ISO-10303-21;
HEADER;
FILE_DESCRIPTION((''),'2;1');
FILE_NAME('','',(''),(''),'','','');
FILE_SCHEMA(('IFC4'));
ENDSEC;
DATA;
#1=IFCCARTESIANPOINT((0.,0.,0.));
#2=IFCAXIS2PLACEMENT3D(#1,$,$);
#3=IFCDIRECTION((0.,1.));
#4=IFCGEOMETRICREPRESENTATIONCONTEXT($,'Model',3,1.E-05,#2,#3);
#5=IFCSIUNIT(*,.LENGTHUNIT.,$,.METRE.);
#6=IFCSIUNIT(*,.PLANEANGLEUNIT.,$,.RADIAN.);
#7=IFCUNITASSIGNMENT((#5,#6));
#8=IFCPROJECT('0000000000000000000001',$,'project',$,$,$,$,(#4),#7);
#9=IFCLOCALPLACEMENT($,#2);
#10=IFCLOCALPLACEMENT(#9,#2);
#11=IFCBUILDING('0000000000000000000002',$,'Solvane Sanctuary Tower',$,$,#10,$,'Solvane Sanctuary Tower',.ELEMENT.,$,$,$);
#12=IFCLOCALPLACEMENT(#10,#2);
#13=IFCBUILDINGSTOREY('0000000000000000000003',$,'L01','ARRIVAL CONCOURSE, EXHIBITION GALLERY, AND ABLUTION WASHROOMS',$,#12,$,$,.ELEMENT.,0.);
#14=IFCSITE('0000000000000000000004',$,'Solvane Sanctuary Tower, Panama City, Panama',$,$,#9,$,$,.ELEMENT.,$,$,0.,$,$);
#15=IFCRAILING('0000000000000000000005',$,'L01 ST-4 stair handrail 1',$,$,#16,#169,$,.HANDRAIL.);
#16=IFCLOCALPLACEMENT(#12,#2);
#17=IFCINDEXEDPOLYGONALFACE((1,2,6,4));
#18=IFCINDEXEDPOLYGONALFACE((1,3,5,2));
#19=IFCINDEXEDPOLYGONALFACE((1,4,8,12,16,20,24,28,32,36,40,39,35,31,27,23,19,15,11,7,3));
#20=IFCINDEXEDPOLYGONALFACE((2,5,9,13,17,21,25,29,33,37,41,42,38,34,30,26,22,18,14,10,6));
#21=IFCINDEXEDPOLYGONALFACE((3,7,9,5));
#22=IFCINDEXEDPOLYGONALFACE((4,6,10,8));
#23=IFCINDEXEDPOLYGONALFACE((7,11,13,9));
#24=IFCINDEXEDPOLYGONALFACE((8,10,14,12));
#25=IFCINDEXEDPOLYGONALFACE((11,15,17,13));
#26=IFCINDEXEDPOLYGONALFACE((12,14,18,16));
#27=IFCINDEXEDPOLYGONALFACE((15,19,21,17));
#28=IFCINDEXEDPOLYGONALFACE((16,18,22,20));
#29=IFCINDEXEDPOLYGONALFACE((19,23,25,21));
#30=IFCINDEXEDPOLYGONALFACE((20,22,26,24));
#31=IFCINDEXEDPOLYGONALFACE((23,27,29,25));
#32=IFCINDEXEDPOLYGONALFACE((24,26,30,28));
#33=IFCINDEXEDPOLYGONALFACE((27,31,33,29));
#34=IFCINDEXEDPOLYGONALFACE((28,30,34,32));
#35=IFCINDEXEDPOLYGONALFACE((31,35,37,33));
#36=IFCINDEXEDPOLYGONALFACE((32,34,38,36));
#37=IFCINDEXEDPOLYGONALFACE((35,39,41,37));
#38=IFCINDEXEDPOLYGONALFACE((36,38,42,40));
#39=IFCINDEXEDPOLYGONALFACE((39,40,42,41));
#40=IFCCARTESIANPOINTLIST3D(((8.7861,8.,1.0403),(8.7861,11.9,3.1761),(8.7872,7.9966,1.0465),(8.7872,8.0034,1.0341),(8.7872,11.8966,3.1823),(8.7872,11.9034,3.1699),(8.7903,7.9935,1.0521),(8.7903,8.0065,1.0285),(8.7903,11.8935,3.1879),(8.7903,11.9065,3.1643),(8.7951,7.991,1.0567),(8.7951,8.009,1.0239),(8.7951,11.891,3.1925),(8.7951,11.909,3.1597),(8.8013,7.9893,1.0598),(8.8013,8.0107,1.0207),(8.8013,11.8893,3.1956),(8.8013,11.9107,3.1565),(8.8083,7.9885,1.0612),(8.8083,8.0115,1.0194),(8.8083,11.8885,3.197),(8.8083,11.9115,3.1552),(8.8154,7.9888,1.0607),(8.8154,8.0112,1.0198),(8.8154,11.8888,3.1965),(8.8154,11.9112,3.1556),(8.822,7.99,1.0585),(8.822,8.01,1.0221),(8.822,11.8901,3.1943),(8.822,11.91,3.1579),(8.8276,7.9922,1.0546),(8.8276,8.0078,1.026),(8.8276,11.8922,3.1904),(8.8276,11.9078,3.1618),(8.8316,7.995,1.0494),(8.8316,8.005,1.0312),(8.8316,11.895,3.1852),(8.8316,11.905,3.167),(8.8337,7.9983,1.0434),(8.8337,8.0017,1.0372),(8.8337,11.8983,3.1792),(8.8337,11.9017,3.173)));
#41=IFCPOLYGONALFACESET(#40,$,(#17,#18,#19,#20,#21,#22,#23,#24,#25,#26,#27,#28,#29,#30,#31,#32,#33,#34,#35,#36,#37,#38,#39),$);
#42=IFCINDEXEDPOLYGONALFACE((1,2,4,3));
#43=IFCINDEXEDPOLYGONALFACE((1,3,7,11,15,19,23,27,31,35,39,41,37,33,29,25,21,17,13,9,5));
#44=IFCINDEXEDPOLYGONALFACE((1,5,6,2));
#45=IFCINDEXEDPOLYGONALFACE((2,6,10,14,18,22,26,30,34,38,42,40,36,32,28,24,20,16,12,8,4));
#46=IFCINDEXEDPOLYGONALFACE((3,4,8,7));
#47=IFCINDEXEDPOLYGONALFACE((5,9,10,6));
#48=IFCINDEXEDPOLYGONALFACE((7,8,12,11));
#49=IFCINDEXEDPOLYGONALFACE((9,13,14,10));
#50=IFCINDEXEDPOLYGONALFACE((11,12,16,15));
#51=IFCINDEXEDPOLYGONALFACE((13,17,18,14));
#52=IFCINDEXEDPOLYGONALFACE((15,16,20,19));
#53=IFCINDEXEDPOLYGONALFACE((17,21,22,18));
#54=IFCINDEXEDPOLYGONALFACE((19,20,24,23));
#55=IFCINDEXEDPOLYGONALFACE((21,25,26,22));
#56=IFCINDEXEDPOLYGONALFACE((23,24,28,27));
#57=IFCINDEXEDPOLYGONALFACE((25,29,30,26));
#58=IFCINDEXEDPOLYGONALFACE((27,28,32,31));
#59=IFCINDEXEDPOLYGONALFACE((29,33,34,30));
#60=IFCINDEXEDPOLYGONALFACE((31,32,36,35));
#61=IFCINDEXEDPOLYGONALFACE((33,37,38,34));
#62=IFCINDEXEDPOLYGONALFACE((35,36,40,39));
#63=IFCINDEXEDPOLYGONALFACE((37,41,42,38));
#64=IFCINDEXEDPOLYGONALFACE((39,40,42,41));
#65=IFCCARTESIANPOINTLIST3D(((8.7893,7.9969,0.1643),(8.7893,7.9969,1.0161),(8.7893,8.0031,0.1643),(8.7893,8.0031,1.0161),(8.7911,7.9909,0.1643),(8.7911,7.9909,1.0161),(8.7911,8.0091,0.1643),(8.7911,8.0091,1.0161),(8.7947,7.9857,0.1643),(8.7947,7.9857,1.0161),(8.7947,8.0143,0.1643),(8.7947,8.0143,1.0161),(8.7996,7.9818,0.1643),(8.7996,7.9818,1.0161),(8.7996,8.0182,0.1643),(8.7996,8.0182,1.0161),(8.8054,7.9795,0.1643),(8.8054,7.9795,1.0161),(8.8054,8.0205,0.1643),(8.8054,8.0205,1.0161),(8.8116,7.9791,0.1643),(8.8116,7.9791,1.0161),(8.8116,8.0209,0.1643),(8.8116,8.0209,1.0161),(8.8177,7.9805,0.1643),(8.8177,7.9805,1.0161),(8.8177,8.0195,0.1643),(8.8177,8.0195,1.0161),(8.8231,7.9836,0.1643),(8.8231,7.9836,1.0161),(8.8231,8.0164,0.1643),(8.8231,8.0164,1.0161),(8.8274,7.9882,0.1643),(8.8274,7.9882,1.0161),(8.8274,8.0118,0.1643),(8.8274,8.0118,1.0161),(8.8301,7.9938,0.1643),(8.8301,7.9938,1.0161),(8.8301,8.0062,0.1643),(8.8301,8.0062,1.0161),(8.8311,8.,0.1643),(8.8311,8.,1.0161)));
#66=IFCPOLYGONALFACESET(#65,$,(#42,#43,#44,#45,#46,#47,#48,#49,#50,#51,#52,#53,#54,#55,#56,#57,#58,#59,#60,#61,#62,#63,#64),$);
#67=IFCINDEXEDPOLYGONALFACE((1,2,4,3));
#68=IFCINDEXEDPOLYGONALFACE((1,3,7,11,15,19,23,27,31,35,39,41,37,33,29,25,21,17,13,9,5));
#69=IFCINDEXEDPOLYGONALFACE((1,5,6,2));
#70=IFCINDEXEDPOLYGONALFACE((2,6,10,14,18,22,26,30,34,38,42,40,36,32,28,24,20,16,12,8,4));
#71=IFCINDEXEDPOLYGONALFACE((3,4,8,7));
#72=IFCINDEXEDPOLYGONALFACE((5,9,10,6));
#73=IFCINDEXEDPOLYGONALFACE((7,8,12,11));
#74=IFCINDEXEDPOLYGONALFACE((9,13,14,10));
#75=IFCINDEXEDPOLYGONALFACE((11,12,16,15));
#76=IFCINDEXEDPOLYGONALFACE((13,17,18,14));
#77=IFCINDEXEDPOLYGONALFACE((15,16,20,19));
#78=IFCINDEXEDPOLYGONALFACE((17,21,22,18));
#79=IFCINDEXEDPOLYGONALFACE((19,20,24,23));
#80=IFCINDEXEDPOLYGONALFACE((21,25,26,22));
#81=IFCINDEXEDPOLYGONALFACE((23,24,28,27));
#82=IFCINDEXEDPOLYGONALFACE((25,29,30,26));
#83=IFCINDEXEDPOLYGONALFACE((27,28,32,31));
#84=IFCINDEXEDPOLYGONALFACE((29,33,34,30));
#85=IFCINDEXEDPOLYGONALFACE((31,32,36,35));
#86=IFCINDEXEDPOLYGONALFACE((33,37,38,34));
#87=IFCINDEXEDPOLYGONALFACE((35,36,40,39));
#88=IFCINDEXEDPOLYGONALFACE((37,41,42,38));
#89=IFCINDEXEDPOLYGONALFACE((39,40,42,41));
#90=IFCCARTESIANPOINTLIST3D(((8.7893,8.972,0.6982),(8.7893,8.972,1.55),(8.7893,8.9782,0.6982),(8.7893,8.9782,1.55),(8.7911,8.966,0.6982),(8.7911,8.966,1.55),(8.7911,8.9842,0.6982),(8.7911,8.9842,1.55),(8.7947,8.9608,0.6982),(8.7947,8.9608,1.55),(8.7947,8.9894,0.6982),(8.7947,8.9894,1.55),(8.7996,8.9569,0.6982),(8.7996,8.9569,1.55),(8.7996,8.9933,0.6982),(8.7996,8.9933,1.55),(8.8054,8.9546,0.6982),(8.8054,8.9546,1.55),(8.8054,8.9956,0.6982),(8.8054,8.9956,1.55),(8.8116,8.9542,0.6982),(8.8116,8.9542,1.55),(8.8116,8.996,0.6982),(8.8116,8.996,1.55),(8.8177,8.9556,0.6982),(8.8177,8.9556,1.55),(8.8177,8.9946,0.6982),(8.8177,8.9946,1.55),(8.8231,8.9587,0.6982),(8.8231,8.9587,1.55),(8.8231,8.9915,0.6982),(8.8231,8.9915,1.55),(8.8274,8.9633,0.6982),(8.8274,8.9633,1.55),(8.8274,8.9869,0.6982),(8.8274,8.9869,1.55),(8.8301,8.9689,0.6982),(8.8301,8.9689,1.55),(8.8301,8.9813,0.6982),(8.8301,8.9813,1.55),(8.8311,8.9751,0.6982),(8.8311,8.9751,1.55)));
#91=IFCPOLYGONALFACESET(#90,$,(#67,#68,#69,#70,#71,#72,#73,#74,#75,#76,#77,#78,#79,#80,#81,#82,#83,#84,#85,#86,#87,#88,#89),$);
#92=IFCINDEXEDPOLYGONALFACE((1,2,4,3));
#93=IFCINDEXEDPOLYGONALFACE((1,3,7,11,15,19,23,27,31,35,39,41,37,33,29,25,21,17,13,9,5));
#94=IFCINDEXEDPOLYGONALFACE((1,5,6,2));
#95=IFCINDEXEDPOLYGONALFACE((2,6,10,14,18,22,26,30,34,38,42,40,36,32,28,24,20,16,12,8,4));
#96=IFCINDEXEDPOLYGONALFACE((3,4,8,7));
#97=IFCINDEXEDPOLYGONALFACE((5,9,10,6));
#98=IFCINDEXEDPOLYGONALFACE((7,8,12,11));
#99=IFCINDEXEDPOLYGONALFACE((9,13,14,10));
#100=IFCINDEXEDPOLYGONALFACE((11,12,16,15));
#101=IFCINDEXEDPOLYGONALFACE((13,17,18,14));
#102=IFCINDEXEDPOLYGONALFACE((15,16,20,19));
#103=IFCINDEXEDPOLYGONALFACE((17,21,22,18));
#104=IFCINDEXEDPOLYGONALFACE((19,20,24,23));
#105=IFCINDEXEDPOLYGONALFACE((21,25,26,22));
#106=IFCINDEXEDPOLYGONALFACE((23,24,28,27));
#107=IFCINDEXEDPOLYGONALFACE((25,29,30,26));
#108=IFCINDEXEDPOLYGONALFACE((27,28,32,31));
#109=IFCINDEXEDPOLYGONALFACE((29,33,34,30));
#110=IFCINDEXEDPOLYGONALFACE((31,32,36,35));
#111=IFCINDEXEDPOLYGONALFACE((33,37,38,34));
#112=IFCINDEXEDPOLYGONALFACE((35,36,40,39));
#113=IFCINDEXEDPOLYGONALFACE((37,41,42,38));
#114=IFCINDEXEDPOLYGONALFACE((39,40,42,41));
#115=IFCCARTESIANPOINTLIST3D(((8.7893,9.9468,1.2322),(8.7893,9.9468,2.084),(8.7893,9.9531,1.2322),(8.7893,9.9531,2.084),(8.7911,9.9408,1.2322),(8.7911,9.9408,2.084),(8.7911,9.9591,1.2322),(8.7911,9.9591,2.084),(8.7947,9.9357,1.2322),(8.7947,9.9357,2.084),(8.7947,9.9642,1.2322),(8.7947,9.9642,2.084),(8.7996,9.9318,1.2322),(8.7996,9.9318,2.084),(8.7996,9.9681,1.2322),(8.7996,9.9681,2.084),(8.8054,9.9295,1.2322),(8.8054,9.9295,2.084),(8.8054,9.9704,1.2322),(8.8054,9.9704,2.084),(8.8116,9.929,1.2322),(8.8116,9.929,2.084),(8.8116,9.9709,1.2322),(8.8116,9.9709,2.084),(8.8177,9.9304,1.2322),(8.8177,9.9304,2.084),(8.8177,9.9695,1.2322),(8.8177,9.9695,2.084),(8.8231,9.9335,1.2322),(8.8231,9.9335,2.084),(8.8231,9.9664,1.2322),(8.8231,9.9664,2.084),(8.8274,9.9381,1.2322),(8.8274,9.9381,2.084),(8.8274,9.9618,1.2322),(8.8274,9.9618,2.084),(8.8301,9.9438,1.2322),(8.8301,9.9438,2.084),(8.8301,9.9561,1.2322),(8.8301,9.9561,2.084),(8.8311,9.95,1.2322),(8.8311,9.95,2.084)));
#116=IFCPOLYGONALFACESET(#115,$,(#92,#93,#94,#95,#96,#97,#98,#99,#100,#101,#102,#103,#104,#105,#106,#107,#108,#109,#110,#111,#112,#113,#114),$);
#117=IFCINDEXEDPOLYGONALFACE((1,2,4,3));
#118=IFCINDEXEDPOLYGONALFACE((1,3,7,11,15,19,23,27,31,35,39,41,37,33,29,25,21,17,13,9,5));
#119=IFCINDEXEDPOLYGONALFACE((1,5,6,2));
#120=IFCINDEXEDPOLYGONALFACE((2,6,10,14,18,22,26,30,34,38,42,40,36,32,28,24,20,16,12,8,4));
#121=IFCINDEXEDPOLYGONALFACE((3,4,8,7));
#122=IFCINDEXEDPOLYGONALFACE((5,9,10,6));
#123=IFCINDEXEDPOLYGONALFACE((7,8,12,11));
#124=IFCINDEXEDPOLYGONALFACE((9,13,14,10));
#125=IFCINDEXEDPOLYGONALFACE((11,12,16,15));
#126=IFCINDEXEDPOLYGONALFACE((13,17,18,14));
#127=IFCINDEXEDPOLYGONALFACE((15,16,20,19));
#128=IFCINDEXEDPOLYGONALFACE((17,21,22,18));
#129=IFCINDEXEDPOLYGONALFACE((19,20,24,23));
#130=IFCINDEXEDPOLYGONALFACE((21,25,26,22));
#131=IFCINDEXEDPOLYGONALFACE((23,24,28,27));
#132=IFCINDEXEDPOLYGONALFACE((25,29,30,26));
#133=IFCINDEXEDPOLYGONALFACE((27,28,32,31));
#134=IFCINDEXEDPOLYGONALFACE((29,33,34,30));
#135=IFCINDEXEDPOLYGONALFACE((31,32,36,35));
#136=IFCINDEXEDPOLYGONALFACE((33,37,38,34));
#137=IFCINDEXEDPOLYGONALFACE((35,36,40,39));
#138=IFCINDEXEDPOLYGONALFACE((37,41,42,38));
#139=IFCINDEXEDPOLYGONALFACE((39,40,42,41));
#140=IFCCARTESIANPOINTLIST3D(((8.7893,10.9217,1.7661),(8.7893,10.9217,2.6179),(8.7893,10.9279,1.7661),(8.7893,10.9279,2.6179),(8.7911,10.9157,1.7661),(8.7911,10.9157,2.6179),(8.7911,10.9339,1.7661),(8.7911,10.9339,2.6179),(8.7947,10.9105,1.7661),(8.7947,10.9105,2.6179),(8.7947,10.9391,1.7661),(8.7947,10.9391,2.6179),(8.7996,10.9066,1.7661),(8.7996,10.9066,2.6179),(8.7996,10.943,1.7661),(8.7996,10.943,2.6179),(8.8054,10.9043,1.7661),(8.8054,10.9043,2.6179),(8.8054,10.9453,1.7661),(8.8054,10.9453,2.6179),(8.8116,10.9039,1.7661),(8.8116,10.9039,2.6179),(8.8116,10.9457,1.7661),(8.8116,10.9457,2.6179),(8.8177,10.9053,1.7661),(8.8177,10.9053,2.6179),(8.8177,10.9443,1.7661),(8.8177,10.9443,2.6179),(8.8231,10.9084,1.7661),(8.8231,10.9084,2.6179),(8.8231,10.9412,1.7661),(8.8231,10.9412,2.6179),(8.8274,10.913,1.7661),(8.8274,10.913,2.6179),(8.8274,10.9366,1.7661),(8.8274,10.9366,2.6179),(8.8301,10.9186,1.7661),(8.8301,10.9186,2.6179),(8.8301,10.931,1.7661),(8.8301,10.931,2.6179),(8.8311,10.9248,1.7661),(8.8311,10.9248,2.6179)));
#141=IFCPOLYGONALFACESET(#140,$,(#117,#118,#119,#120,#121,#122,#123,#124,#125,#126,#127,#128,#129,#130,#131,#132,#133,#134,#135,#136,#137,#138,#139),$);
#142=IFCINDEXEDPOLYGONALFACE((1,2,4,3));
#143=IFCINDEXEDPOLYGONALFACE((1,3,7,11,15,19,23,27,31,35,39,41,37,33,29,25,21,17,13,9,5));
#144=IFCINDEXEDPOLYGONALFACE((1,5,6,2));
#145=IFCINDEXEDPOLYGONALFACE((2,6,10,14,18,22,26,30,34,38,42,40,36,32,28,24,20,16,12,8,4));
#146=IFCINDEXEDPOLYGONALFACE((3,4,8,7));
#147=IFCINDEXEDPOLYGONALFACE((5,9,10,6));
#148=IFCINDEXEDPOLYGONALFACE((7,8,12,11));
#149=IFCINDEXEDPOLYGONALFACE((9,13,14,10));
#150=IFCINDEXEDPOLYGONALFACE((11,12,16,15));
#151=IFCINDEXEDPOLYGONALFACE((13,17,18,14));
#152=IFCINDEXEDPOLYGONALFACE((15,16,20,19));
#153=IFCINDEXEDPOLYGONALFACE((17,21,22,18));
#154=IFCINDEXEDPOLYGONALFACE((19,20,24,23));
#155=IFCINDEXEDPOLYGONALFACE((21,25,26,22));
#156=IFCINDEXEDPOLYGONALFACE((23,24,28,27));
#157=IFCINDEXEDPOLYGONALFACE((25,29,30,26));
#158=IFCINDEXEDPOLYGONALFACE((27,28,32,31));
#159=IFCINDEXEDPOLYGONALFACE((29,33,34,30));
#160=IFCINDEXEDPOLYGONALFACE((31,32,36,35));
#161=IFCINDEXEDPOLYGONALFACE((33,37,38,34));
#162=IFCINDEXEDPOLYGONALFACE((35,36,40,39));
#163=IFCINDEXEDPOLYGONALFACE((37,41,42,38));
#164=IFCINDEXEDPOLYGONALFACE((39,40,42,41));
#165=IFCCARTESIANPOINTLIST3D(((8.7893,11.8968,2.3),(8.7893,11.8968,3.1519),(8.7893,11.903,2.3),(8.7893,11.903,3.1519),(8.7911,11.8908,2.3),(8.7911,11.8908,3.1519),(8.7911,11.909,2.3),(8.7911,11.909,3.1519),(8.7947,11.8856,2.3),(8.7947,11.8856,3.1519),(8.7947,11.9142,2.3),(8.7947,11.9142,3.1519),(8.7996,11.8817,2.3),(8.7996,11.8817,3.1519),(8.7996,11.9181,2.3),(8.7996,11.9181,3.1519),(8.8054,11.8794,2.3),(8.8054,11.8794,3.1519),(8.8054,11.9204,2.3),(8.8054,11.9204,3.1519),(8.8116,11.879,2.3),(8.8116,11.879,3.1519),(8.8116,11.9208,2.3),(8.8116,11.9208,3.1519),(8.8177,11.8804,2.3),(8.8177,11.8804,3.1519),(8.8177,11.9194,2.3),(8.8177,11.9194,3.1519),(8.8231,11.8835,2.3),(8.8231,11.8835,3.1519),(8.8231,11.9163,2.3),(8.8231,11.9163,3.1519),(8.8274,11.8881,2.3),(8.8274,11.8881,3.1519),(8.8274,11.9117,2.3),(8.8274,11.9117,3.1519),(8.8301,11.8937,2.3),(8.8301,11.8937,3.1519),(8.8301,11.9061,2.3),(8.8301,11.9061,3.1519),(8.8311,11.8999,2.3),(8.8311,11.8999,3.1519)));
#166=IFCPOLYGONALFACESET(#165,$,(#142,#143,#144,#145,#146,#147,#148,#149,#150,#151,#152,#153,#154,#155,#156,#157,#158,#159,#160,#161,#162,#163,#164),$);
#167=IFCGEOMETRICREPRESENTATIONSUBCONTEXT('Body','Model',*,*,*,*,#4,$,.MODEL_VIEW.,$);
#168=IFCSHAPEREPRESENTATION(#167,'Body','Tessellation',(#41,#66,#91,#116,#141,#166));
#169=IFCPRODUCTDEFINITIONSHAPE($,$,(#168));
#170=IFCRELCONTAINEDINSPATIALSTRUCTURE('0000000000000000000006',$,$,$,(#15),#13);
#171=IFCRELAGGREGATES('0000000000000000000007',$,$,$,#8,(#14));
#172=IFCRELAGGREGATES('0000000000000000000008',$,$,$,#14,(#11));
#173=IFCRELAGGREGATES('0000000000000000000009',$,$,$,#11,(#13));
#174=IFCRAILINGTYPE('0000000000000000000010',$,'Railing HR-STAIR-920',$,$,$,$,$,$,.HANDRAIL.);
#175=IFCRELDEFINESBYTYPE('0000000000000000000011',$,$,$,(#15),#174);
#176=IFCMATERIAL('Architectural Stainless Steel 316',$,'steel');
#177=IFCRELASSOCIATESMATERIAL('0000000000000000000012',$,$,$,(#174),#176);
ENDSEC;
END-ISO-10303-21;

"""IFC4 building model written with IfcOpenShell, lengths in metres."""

from ifc_helpers import new_model, si_unit, direction, frame, origin, origin_2d, place, context, subcontext, project, spatial, circle, extrude, material, type_object, element, save


model = new_model("IFC4")

# Units and contexts
model_context = context("Model", 3, precision=1e-05, world=origin(), true_north=direction((0.0, 1.0)))
body_context = subcontext(model_context, "Body", "Model", "MODEL_VIEW")
ifc_project = project(units=[si_unit("LENGTHUNIT", "METRE"), si_unit("PLANEANGLEUNIT", "RADIAN")], contexts=[model_context])

# Site, building, storey
site_placement = place(None, origin())
site = spatial("IfcSite", under=ifc_project, at=site_placement, Name="Solvane Sanctuary Tower, Panama City, Panama", CompositionType="ELEMENT", RefElevation=0.0)
building_placement = place(site_placement, origin())
building = spatial("IfcBuilding", under=site, at=building_placement, Name="Solvane Sanctuary Tower", LongName="Solvane Sanctuary Tower", CompositionType="ELEMENT")
storey_placement = place(building_placement, origin())
storey = spatial("IfcBuildingStorey", under=building, at=storey_placement, Name="L01", Description="ARRIVAL CONCOURSE, EXHIBITION GALLERY, AND ABLUTION WASHROOMS", CompositionType="ELEMENT", Elevation=0.0)

# Shared definitions
ifc_material_1 = material(Name="Architectural Stainless Steel 316", Category="steel")

# Railing
railing_type = type_object("IfcRailingType", Name="Railing HR-STAIR-920", PredefinedType="HANDRAIL", material=ifc_material_1)
railing_placement = place(storey_placement, frame((8.8101, 8.0, 0.1643)))
element("IfcRailing", 1, at=railing_placement, inside=storey, type_object=railing_type, Name="L01 ST-4 stair handrail 1", PredefinedType="HANDRAIL", context=body_context, shape_type="SweptSolid", body=[
    extrude(circle(Radius=0.0239, at=origin_2d()), frame((0.0, 0.0, 0.876), z_axis=(0.0, 0.877089, 0.480329), x_axis=(-1.0, 0.0, 0.0)), (0.0, 0.0, 1.0), 4.4465),
    extrude(circle(Radius=0.021, at=origin_2d()), origin(), (0.0, 0.0, 1.0), 0.8518),
    extrude(circle(Radius=0.021, at=origin_2d()), frame((0.0, 0.9751, 0.5339)), (0.0, 0.0, 1.0), 0.8518),
    extrude(circle(Radius=0.021, at=origin_2d()), frame((0.0, 1.95, 1.0679)), (0.0, 0.0, 1.0), 0.8518),
    extrude(circle(Radius=0.021, at=origin_2d()), frame((0.0, 2.9248, 1.6018)), (0.0, 0.0, 1.0), 0.8518),
    extrude(circle(Radius=0.021, at=origin_2d()), frame((0.0, 3.8999, 2.1357)), (0.0, 0.0, 1.0), 0.8518),
])

save(model, "model.ifc")
